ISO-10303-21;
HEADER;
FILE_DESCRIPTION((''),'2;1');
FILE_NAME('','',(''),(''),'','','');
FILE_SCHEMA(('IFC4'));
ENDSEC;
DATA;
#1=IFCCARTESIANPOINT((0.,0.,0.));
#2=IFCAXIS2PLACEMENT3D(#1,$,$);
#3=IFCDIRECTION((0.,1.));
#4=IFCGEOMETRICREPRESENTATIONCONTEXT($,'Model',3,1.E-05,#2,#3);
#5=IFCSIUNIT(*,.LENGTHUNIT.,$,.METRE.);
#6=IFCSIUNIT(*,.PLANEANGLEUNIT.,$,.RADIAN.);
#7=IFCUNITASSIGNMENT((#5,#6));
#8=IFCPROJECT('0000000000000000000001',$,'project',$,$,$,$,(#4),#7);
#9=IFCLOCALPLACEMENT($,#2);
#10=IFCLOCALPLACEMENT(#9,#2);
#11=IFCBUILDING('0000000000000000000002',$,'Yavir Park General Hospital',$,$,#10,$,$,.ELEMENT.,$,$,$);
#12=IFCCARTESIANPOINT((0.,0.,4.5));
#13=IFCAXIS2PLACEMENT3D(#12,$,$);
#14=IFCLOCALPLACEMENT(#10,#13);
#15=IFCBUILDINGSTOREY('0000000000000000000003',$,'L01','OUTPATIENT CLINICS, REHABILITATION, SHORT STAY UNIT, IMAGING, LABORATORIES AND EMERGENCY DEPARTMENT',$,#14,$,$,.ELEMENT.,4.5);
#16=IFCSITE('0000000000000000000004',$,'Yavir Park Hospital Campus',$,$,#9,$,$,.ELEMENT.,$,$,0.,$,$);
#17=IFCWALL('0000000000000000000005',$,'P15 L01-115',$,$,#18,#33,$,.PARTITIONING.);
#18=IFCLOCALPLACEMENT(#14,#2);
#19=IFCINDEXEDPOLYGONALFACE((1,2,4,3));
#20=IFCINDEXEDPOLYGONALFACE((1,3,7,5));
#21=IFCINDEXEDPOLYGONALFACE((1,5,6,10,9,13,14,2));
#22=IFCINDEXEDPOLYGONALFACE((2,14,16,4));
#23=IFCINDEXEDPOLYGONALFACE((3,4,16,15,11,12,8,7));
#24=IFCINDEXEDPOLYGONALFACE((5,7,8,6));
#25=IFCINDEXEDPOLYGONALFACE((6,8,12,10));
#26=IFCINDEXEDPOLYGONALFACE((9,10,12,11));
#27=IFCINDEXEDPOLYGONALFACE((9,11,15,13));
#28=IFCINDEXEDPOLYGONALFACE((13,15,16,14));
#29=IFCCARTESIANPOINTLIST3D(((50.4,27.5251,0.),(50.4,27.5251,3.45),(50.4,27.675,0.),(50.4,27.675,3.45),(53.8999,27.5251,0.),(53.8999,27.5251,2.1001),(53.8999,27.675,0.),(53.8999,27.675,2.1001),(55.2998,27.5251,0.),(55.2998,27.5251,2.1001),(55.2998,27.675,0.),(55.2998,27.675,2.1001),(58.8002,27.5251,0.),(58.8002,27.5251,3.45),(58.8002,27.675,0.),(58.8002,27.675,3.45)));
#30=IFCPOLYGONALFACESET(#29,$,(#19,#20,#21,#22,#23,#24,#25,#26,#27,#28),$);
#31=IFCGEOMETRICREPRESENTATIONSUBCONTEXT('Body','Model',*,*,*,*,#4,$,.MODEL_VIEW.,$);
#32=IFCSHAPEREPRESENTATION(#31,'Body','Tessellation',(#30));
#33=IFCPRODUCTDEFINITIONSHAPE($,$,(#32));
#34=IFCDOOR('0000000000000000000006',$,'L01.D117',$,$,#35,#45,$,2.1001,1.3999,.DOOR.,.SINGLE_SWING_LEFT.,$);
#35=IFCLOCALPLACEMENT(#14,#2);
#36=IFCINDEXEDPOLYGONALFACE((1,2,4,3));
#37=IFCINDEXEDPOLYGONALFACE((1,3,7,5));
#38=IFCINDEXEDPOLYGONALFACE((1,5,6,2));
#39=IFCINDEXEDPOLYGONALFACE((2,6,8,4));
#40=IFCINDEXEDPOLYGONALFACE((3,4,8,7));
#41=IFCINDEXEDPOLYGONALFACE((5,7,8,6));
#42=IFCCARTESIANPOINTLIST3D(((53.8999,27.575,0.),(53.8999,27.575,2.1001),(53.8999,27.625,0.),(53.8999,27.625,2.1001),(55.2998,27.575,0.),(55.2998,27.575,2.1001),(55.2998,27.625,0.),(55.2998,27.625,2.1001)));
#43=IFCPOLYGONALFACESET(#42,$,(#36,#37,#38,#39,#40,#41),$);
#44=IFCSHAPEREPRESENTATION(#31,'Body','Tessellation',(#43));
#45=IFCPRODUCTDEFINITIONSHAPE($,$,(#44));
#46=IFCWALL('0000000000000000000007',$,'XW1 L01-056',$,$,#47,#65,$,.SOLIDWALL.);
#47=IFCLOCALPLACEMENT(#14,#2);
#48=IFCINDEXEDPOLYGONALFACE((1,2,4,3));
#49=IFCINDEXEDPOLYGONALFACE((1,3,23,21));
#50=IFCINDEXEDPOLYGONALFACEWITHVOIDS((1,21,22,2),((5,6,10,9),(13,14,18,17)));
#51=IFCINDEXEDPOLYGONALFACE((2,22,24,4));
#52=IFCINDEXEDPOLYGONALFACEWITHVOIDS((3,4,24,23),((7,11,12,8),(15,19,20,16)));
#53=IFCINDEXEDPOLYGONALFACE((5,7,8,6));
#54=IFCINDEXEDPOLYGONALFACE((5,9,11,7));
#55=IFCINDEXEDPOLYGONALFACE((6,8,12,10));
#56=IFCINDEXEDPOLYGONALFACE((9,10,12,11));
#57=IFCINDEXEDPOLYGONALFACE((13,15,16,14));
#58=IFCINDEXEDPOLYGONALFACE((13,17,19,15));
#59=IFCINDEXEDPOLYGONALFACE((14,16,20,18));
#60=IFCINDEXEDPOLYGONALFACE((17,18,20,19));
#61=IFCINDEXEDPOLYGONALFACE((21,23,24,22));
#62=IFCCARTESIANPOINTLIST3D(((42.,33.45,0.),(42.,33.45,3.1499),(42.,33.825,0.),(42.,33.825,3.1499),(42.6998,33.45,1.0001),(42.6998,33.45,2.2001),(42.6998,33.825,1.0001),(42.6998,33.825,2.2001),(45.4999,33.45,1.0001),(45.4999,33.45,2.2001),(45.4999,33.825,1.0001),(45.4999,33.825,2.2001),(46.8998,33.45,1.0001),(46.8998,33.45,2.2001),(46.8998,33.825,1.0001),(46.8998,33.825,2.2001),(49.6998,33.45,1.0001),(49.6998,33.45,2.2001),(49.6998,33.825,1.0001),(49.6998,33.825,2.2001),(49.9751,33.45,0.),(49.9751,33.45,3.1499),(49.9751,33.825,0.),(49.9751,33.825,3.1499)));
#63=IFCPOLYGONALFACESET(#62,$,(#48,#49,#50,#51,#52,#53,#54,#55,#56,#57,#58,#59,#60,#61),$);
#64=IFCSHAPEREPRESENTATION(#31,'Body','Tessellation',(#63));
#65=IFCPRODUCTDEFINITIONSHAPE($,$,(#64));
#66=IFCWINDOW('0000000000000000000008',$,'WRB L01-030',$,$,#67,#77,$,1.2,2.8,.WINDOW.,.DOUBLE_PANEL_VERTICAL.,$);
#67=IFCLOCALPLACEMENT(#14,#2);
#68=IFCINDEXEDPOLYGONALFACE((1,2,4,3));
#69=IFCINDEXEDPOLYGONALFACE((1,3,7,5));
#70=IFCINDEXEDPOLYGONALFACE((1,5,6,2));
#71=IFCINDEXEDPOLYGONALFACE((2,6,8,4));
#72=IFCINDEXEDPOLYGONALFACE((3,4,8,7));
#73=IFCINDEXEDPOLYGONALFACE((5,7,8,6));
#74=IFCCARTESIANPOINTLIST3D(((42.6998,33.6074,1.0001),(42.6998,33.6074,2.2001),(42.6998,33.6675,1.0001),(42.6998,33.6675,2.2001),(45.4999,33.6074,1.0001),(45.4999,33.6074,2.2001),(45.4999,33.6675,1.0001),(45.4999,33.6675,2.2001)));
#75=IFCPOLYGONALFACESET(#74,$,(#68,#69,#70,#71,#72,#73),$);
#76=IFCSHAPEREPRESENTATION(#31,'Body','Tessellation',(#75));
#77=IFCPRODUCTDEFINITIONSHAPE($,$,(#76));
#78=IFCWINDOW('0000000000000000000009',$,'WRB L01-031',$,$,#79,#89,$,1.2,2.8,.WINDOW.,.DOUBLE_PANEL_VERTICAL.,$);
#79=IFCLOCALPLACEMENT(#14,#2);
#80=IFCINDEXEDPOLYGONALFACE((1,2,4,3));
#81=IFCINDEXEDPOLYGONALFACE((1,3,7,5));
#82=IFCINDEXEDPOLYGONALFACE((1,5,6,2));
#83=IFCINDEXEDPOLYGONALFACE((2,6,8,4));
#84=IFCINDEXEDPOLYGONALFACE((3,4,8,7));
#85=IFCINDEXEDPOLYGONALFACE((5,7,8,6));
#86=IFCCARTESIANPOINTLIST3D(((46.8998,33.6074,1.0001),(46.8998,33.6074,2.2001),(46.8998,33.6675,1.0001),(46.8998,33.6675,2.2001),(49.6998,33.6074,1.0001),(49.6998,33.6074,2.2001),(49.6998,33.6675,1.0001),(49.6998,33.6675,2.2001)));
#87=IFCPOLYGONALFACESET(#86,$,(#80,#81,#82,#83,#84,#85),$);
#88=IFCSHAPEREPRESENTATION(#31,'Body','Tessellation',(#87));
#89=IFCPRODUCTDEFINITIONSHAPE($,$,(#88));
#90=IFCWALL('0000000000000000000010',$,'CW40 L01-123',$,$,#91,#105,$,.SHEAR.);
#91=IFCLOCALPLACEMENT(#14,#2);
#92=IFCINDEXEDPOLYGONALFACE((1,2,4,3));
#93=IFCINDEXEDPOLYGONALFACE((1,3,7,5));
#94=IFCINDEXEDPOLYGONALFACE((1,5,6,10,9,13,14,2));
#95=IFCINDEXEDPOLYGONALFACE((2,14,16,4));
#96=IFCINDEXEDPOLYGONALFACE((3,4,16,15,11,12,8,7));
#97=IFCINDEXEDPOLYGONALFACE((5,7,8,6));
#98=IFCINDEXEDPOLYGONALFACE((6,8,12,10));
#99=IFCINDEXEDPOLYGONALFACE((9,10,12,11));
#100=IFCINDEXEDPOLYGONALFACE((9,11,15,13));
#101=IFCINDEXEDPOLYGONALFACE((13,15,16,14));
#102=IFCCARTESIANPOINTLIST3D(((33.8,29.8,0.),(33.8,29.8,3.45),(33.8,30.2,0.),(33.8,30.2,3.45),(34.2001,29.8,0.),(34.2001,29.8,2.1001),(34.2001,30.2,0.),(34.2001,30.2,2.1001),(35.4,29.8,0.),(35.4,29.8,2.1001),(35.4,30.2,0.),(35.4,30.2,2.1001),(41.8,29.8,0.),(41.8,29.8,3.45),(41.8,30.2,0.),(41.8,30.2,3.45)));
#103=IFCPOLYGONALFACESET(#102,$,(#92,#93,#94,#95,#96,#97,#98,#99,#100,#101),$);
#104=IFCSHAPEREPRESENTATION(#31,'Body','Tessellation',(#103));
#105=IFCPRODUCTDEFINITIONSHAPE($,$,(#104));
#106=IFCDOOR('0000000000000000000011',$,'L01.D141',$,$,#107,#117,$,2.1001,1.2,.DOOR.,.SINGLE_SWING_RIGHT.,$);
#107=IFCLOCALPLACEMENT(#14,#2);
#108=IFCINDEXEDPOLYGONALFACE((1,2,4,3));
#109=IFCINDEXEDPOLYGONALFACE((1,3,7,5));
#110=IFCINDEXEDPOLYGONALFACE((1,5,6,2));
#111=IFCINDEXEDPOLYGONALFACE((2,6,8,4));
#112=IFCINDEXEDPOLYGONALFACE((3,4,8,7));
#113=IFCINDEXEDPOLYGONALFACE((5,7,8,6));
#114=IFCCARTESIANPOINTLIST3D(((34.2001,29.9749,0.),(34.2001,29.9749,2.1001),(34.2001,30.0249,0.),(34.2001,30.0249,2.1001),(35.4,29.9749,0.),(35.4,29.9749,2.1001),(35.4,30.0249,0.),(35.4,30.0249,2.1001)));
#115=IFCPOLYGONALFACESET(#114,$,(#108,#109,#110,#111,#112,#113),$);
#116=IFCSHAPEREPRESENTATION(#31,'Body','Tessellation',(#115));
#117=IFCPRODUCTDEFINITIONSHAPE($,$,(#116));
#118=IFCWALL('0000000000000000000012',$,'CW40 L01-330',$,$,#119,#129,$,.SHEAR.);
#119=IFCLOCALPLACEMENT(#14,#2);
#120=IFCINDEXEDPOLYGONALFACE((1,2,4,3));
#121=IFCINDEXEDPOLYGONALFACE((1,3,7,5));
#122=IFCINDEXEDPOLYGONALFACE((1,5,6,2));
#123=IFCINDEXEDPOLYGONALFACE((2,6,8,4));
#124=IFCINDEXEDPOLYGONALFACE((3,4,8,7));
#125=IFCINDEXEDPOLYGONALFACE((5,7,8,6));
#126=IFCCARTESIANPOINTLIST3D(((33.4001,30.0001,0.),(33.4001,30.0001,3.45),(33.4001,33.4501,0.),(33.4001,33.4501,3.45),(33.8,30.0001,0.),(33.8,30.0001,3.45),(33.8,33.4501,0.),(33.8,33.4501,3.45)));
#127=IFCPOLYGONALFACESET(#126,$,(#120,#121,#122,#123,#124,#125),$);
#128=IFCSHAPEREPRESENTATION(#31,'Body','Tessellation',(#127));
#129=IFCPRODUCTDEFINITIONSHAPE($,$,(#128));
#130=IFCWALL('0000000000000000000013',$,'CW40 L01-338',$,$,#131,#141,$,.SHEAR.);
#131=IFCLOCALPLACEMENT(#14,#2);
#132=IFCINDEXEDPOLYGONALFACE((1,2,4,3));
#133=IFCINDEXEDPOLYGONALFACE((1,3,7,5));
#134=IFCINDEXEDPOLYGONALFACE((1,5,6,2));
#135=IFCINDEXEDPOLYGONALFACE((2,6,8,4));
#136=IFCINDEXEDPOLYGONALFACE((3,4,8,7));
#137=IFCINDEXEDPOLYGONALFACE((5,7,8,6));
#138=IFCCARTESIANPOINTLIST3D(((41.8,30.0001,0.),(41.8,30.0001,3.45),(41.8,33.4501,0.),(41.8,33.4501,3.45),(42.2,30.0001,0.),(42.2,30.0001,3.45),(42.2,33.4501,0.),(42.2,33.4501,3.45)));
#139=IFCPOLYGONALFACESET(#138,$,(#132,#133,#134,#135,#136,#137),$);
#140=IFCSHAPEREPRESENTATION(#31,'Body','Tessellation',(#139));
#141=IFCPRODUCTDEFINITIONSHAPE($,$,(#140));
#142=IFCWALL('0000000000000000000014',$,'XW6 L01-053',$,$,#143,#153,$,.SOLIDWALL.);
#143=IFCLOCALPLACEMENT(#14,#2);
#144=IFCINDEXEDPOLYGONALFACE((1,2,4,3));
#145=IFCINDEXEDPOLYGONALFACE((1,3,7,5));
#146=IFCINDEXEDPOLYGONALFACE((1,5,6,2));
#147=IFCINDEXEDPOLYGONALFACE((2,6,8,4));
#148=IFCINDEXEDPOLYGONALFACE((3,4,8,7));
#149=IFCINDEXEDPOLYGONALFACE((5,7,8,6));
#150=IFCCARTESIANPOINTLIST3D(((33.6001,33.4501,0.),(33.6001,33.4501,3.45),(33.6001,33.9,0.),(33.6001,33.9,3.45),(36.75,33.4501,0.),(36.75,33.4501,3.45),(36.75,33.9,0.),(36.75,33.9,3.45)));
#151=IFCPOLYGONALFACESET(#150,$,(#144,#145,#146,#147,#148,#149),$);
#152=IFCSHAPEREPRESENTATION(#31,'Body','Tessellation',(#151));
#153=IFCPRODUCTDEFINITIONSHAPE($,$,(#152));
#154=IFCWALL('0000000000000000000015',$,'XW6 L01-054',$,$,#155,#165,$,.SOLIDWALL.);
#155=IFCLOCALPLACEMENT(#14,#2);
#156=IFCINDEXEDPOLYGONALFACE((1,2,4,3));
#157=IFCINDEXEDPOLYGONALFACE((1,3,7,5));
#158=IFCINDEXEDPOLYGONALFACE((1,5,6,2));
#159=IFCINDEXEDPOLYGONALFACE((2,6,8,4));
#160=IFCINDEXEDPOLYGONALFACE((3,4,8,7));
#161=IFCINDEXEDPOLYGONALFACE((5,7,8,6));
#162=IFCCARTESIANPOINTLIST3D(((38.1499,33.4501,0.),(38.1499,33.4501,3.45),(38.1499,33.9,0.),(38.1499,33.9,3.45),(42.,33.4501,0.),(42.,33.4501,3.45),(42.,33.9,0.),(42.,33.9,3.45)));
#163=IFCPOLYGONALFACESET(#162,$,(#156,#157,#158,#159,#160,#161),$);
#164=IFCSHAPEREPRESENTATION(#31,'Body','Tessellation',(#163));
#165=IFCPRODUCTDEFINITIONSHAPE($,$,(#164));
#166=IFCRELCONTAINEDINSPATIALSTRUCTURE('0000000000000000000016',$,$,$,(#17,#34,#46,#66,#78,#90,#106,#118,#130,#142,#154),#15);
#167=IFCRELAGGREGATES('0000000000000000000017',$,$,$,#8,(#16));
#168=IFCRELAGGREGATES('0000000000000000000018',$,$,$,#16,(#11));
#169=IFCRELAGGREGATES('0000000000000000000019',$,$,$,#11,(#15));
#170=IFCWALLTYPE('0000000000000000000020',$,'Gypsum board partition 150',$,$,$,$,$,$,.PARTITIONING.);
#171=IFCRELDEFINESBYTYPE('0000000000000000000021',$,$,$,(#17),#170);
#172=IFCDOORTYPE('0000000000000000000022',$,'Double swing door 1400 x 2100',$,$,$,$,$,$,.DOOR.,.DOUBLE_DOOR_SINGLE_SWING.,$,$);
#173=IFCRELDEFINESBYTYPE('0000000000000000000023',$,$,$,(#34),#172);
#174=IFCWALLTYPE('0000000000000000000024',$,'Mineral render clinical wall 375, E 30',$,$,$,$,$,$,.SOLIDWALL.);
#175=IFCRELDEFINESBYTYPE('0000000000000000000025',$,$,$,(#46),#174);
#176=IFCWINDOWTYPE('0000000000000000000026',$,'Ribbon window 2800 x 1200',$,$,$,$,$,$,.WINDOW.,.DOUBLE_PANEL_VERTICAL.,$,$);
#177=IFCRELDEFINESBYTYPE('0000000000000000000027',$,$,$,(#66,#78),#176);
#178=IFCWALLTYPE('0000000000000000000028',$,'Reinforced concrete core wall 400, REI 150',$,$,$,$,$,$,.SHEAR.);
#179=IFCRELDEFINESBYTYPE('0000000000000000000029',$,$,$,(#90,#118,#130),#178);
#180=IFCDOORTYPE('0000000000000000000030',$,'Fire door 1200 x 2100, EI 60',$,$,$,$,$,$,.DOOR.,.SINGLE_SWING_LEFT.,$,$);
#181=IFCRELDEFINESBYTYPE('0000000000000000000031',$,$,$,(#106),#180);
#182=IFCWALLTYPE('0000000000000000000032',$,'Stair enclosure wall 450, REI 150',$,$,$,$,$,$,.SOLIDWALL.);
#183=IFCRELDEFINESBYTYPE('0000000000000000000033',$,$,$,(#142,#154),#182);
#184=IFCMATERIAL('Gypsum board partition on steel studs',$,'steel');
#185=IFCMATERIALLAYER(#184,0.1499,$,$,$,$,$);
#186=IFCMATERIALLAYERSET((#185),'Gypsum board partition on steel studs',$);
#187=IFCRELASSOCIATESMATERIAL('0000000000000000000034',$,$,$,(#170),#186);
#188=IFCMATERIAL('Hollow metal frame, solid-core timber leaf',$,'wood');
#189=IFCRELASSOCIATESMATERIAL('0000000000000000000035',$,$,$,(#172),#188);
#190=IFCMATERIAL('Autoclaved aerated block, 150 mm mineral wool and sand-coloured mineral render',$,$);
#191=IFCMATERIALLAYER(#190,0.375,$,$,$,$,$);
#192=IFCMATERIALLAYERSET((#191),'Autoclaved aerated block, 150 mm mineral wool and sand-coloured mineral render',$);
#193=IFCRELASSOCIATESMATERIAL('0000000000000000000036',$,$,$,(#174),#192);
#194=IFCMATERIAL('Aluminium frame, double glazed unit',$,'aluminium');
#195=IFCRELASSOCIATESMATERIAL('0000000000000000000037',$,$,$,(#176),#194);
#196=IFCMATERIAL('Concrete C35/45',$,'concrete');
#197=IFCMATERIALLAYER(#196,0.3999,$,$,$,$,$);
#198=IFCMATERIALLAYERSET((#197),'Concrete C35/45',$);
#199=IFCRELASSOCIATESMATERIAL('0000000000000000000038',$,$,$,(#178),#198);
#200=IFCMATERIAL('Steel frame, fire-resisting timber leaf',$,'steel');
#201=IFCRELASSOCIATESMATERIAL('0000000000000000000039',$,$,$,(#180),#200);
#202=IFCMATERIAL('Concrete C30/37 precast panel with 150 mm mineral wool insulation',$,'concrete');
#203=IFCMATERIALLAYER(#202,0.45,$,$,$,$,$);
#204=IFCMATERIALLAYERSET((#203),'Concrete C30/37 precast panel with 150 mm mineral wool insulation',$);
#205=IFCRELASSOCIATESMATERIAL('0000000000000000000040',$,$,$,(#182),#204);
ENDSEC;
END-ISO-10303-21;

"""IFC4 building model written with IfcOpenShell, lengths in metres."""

from ifc_helpers import new_model, si_unit, direction, frame, frame_2d, origin, place, context, subcontext, project, spatial, rectangle, extrude, material, layer, layer_set, type_object, element, fill, save


model = new_model("IFC4")

# Units and contexts
model_context = context("Model", 3, precision=1e-05, world=origin(), true_north=direction((0.0, 1.0)))
body_context = subcontext(model_context, "Body", "Model", "MODEL_VIEW")
ifc_project = project(units=[si_unit("LENGTHUNIT", "METRE"), si_unit("PLANEANGLEUNIT", "RADIAN")], contexts=[model_context])

# Site, building, storey
site_placement = place(None, origin())
site = spatial("IfcSite", under=ifc_project, at=site_placement, Name="Yavir Park Hospital Campus", CompositionType="ELEMENT", RefElevation=0.0)
building_placement = place(site_placement, origin())
building = spatial("IfcBuilding", under=site, at=building_placement, Name="Yavir Park General Hospital", CompositionType="ELEMENT")
storey_placement = place(building_placement, frame((0.0, 0.0, 4.5)))
storey = spatial("IfcBuildingStorey", under=building, at=storey_placement, Name="L01", Description="OUTPATIENT CLINICS, REHABILITATION, SHORT STAY UNIT, IMAGING, LABORATORIES AND EMERGENCY DEPARTMENT", CompositionType="ELEMENT", Elevation=4.5)

# Wall, opening, door
ifc_material_1 = material(Name="Gypsum board partition on steel studs", Category="steel")
ifc_layer_1 = layer(ifc_material_1, 0.1499)
ifc_layer_set_1 = layer_set([ifc_layer_1], Name="Gypsum board partition on steel studs")
wall_type_1 = type_object("IfcWallType", Name="Gypsum board partition 150", PredefinedType="PARTITIONING", material=ifc_layer_set_1)
wall_1_placement = place(storey_placement, frame((50.3999, 27.6001, 0.0), z_axis=(0.0, 0.0, 1.0), x_axis=(1.0, 0.0, 0.0)))
wall_1 = element("IfcWall", 1, at=wall_1_placement, inside=storey, type_object=wall_type_1, Name="P15 L01-115", PredefinedType="PARTITIONING", context=body_context, shape_type="SweptSolid", body=[
    extrude(rectangle(XDim=8.4001, YDim=0.1499, at=frame_2d((4.2002, 0.0))), origin(), (0.0, 0.0, 1.0), 3.45),
])
opening_1_placement = place(wall_1_placement, frame((3.5, 0.0, 0.0)))
opening_1 = element("IfcOpeningElement", 2, at=opening_1_placement, cuts=wall_1, PredefinedType="OPENING", context=body_context, shape_type="SweptSolid", body=[
    extrude(rectangle(XDim=1.3999, YDim=2.1001, at=frame_2d((0.7, 1.05))), frame((0.0, 0.085, 0.0), z_axis=(0.0, -1.0, 0.0), x_axis=(1.0, 0.0, 0.0)), (0.0, 0.0, 1.0), 0.1699),
])
ifc_material_2 = material(Name="Hollow metal frame, solid-core timber leaf", Category="wood")
door_type_1 = type_object("IfcDoorType", Name="Double swing door 1400 x 2100", OperationType="DOUBLE_DOOR_SINGLE_SWING", PredefinedType="DOOR", material=ifc_material_2)
door_1_placement = place(opening_1_placement, origin())
door_1 = element("IfcDoor", 3, at=door_1_placement, inside=storey, type_object=door_type_1, Name="L01.D117", OperationType="SINGLE_SWING_LEFT", OverallHeight=2.1001, OverallWidth=1.3999, PredefinedType="DOOR", context=body_context, shape_type="SweptSolid", body=[
    extrude(rectangle(XDim=1.3999, YDim=2.1001, at=frame_2d((0.7, 1.05))), frame((0.0, 0.0249, 0.0), z_axis=(0.0, -1.0, 0.0), x_axis=(1.0, 0.0, 0.0)), (0.0, 0.0, 1.0), 0.05),
])
fill(opening_1, door_1)

# Wall, openings, windows
ifc_material_3 = material(Name="Autoclaved aerated block, 150 mm mineral wool and sand-coloured mineral render")
ifc_layer_2 = layer(ifc_material_3, 0.375)
ifc_layer_set_2 = layer_set([ifc_layer_2], Name="Autoclaved aerated block, 150 mm mineral wool and sand-coloured mineral render")
wall_type_2 = type_object("IfcWallType", Name="Mineral render clinical wall 375, E 30", PredefinedType="SOLIDWALL", material=ifc_layer_set_2)
wall_2_placement = place(storey_placement, frame((42.0, 33.6375, 0.0), z_axis=(0.0, 0.0, 1.0), x_axis=(1.0, 0.0, 0.0)))
wall_2 = element("IfcWall", 4, at=wall_2_placement, inside=storey, type_object=wall_type_2, Name="XW1 L01-056", PredefinedType="SOLIDWALL", context=body_context, shape_type="SweptSolid", body=[
    extrude(rectangle(XDim=7.9751, YDim=0.375, at=frame_2d((3.9875, 0.0))), origin(), (0.0, 0.0, 1.0), 3.1499),
])
opening_2_placement = place(wall_2_placement, frame((0.7, 0.0, 1.0)))
opening_2 = element("IfcOpeningElement", 5, at=opening_2_placement, cuts=wall_2, PredefinedType="OPENING", context=body_context, shape_type="SweptSolid", body=[
    extrude(rectangle(XDim=2.8, YDim=1.2, at=frame_2d((1.3999, 0.6001))), frame((0.0, 0.1975, 0.0), z_axis=(0.0, -1.0, 0.0), x_axis=(1.0, 0.0, 0.0)), (0.0, 0.0, 1.0), 0.395),
])
opening_3_placement = place(wall_2_placement, frame((4.8999, 0.0, 1.0)))
opening_3 = element("IfcOpeningElement", 6, at=opening_3_placement, cuts=wall_2, PredefinedType="OPENING", context=body_context, shape_type="SweptSolid", body=[
    extrude(rectangle(XDim=2.8, YDim=1.2, at=frame_2d((1.3999, 0.6001))), frame((0.0, 0.1975, 0.0), z_axis=(0.0, -1.0, 0.0), x_axis=(1.0, 0.0, 0.0)), (0.0, 0.0, 1.0), 0.395),
])
ifc_material_4 = material(Name="Aluminium frame, double glazed unit", Category="aluminium")
window_type = type_object("IfcWindowType", Name="Ribbon window 2800 x 1200", PartitioningType="DOUBLE_PANEL_VERTICAL", PredefinedType="WINDOW", material=ifc_material_4)
window_1_placement = place(opening_2_placement, origin())
window_1 = element("IfcWindow", 7, at=window_1_placement, inside=storey, type_object=window_type, Name="WRB L01-030", OverallHeight=1.2, OverallWidth=2.8, PartitioningType="DOUBLE_PANEL_VERTICAL", PredefinedType="WINDOW", context=body_context, shape_type="SweptSolid", body=[
    extrude(rectangle(XDim=2.8, YDim=1.2, at=frame_2d((1.3999, 0.6001))), frame((0.0, 0.03, 0.0), z_axis=(0.0, -1.0, 0.0), x_axis=(1.0, 0.0, 0.0)), (0.0, 0.0, 1.0), 0.0601),
])
fill(opening_2, window_1)
window_2_placement = place(opening_3_placement, origin())
window_2 = element("IfcWindow", 8, at=window_2_placement, inside=storey, type_object=window_type, Name="WRB L01-031", OverallHeight=1.2, OverallWidth=2.8, PartitioningType="DOUBLE_PANEL_VERTICAL", PredefinedType="WINDOW", context=body_context, shape_type="SweptSolid", body=[
    extrude(rectangle(XDim=2.8, YDim=1.2, at=frame_2d((1.3999, 0.6001))), frame((0.0, 0.03, 0.0), z_axis=(0.0, -1.0, 0.0), x_axis=(1.0, 0.0, 0.0)), (0.0, 0.0, 1.0), 0.0601),
])
fill(opening_3, window_2)

# Wall, opening, door
ifc_material_5 = material(Name="Concrete C35/45", Category="concrete")
ifc_layer_3 = layer(ifc_material_5, 0.3999)
ifc_layer_set_3 = layer_set([ifc_layer_3], Name="Concrete C35/45")
wall_type_3 = type_object("IfcWallType", Name="Reinforced concrete core wall 400, REI 150", PredefinedType="SHEAR", material=ifc_layer_set_3)
wall_3_placement = place(storey_placement, frame((33.8, 30.0, 0.0), z_axis=(0.0, 0.0, 1.0), x_axis=(1.0, 0.0, 0.0)))
wall_3 = element("IfcWall", 9, at=wall_3_placement, inside=storey, type_object=wall_type_3, Name="CW40 L01-123", PredefinedType="SHEAR", context=body_context, shape_type="SweptSolid", body=[
    extrude(rectangle(XDim=8.0, YDim=0.3999, at=frame_2d((4.0, 0.0))), origin(), (0.0, 0.0, 1.0), 3.45),
])
opening_4_placement = place(wall_3_placement, frame((0.3999, 0.0, 0.0)))
opening_4 = element("IfcOpeningElement", 10, at=opening_4_placement, cuts=wall_3, PredefinedType="OPENING", context=body_context, shape_type="SweptSolid", body=[
    extrude(rectangle(XDim=1.2, YDim=2.1001, at=frame_2d((0.6001, 1.05))), frame((0.0, 0.21, 0.0), z_axis=(0.0, -1.0, 0.0), x_axis=(1.0, 0.0, 0.0)), (0.0, 0.0, 1.0), 0.4199),
])
ifc_material_6 = material(Name="Steel frame, fire-resisting timber leaf", Category="steel")
door_type_2 = type_object("IfcDoorType", Name="Fire door 1200 x 2100, EI 60", OperationType="SINGLE_SWING_LEFT", PredefinedType="DOOR", material=ifc_material_6)
door_2_placement = place(opening_4_placement, origin())
door_2 = element("IfcDoor", 11, at=door_2_placement, inside=storey, type_object=door_type_2, Name="L01.D141", OperationType="SINGLE_SWING_RIGHT", OverallHeight=2.1001, OverallWidth=1.2, PredefinedType="DOOR", context=body_context, shape_type="SweptSolid", body=[
    extrude(rectangle(XDim=1.2, YDim=2.1001, at=frame_2d((0.6001, 1.05))), frame((0.0, 0.0249, 0.0), z_axis=(0.0, -1.0, 0.0), x_axis=(1.0, 0.0, 0.0)), (0.0, 0.0, 1.0), 0.05),
])
fill(opening_4, door_2)

# Walls
for number, where, z_axis, x_axis, name in (
    (12, (33.6001, 30.0, 0.0), (0.0, 0.0, 1.0), (0.0, 1.0, 0.0), "CW40 L01-330"),
    (13, (42.0, 30.0, 0.0), (0.0, 0.0, 1.0), (0.0, 1.0, 0.0), "CW40 L01-338"),
):
    element("IfcWall", number, at=place(storey_placement, frame(where, z_axis=z_axis, x_axis=x_axis)), inside=storey, type_object=wall_type_3, Name=name, PredefinedType="SHEAR", context=body_context, shape_type="SweptSolid", body=[
        extrude(rectangle(XDim=3.45, YDim=0.3999, at=frame_2d((1.7251, 0.0))), origin(), (0.0, 0.0, 1.0), 3.45),
    ])
ifc_material_7 = material(Name="Concrete C30/37 precast panel with 150 mm mineral wool insulation", Category="concrete")
ifc_layer_4 = layer(ifc_material_7, 0.45)
ifc_layer_set_4 = layer_set([ifc_layer_4], Name="Concrete C30/37 precast panel with 150 mm mineral wool insulation")
wall_type_4 = type_object("IfcWallType", Name="Stair enclosure wall 450, REI 150", PredefinedType="SOLIDWALL", material=ifc_layer_set_4)
wall_4_placement = place(storey_placement, frame((33.6001, 33.675, 0.0), z_axis=(0.0, 0.0, 1.0), x_axis=(1.0, 0.0, 0.0)))
element("IfcWall", 14, at=wall_4_placement, inside=storey, type_object=wall_type_4, Name="XW6 L01-053", PredefinedType="SOLIDWALL", context=body_context, shape_type="SweptSolid", body=[
    extrude(rectangle(XDim=3.1499, YDim=0.45, at=frame_2d((1.575, 0.0))), origin(), (0.0, 0.0, 1.0), 3.45),
])
wall_5_placement = place(storey_placement, frame((38.1499, 33.675, 0.0), z_axis=(0.0, 0.0, 1.0), x_axis=(1.0, 0.0, 0.0)))
element("IfcWall", 15, at=wall_5_placement, inside=storey, type_object=wall_type_4, Name="XW6 L01-054", PredefinedType="SOLIDWALL", context=body_context, shape_type="SweptSolid", body=[
    extrude(rectangle(XDim=3.8501, YDim=0.45, at=frame_2d((1.925, 0.0))), origin(), (0.0, 0.0, 1.0), 3.45),
])

save(model, "model.ifc")
